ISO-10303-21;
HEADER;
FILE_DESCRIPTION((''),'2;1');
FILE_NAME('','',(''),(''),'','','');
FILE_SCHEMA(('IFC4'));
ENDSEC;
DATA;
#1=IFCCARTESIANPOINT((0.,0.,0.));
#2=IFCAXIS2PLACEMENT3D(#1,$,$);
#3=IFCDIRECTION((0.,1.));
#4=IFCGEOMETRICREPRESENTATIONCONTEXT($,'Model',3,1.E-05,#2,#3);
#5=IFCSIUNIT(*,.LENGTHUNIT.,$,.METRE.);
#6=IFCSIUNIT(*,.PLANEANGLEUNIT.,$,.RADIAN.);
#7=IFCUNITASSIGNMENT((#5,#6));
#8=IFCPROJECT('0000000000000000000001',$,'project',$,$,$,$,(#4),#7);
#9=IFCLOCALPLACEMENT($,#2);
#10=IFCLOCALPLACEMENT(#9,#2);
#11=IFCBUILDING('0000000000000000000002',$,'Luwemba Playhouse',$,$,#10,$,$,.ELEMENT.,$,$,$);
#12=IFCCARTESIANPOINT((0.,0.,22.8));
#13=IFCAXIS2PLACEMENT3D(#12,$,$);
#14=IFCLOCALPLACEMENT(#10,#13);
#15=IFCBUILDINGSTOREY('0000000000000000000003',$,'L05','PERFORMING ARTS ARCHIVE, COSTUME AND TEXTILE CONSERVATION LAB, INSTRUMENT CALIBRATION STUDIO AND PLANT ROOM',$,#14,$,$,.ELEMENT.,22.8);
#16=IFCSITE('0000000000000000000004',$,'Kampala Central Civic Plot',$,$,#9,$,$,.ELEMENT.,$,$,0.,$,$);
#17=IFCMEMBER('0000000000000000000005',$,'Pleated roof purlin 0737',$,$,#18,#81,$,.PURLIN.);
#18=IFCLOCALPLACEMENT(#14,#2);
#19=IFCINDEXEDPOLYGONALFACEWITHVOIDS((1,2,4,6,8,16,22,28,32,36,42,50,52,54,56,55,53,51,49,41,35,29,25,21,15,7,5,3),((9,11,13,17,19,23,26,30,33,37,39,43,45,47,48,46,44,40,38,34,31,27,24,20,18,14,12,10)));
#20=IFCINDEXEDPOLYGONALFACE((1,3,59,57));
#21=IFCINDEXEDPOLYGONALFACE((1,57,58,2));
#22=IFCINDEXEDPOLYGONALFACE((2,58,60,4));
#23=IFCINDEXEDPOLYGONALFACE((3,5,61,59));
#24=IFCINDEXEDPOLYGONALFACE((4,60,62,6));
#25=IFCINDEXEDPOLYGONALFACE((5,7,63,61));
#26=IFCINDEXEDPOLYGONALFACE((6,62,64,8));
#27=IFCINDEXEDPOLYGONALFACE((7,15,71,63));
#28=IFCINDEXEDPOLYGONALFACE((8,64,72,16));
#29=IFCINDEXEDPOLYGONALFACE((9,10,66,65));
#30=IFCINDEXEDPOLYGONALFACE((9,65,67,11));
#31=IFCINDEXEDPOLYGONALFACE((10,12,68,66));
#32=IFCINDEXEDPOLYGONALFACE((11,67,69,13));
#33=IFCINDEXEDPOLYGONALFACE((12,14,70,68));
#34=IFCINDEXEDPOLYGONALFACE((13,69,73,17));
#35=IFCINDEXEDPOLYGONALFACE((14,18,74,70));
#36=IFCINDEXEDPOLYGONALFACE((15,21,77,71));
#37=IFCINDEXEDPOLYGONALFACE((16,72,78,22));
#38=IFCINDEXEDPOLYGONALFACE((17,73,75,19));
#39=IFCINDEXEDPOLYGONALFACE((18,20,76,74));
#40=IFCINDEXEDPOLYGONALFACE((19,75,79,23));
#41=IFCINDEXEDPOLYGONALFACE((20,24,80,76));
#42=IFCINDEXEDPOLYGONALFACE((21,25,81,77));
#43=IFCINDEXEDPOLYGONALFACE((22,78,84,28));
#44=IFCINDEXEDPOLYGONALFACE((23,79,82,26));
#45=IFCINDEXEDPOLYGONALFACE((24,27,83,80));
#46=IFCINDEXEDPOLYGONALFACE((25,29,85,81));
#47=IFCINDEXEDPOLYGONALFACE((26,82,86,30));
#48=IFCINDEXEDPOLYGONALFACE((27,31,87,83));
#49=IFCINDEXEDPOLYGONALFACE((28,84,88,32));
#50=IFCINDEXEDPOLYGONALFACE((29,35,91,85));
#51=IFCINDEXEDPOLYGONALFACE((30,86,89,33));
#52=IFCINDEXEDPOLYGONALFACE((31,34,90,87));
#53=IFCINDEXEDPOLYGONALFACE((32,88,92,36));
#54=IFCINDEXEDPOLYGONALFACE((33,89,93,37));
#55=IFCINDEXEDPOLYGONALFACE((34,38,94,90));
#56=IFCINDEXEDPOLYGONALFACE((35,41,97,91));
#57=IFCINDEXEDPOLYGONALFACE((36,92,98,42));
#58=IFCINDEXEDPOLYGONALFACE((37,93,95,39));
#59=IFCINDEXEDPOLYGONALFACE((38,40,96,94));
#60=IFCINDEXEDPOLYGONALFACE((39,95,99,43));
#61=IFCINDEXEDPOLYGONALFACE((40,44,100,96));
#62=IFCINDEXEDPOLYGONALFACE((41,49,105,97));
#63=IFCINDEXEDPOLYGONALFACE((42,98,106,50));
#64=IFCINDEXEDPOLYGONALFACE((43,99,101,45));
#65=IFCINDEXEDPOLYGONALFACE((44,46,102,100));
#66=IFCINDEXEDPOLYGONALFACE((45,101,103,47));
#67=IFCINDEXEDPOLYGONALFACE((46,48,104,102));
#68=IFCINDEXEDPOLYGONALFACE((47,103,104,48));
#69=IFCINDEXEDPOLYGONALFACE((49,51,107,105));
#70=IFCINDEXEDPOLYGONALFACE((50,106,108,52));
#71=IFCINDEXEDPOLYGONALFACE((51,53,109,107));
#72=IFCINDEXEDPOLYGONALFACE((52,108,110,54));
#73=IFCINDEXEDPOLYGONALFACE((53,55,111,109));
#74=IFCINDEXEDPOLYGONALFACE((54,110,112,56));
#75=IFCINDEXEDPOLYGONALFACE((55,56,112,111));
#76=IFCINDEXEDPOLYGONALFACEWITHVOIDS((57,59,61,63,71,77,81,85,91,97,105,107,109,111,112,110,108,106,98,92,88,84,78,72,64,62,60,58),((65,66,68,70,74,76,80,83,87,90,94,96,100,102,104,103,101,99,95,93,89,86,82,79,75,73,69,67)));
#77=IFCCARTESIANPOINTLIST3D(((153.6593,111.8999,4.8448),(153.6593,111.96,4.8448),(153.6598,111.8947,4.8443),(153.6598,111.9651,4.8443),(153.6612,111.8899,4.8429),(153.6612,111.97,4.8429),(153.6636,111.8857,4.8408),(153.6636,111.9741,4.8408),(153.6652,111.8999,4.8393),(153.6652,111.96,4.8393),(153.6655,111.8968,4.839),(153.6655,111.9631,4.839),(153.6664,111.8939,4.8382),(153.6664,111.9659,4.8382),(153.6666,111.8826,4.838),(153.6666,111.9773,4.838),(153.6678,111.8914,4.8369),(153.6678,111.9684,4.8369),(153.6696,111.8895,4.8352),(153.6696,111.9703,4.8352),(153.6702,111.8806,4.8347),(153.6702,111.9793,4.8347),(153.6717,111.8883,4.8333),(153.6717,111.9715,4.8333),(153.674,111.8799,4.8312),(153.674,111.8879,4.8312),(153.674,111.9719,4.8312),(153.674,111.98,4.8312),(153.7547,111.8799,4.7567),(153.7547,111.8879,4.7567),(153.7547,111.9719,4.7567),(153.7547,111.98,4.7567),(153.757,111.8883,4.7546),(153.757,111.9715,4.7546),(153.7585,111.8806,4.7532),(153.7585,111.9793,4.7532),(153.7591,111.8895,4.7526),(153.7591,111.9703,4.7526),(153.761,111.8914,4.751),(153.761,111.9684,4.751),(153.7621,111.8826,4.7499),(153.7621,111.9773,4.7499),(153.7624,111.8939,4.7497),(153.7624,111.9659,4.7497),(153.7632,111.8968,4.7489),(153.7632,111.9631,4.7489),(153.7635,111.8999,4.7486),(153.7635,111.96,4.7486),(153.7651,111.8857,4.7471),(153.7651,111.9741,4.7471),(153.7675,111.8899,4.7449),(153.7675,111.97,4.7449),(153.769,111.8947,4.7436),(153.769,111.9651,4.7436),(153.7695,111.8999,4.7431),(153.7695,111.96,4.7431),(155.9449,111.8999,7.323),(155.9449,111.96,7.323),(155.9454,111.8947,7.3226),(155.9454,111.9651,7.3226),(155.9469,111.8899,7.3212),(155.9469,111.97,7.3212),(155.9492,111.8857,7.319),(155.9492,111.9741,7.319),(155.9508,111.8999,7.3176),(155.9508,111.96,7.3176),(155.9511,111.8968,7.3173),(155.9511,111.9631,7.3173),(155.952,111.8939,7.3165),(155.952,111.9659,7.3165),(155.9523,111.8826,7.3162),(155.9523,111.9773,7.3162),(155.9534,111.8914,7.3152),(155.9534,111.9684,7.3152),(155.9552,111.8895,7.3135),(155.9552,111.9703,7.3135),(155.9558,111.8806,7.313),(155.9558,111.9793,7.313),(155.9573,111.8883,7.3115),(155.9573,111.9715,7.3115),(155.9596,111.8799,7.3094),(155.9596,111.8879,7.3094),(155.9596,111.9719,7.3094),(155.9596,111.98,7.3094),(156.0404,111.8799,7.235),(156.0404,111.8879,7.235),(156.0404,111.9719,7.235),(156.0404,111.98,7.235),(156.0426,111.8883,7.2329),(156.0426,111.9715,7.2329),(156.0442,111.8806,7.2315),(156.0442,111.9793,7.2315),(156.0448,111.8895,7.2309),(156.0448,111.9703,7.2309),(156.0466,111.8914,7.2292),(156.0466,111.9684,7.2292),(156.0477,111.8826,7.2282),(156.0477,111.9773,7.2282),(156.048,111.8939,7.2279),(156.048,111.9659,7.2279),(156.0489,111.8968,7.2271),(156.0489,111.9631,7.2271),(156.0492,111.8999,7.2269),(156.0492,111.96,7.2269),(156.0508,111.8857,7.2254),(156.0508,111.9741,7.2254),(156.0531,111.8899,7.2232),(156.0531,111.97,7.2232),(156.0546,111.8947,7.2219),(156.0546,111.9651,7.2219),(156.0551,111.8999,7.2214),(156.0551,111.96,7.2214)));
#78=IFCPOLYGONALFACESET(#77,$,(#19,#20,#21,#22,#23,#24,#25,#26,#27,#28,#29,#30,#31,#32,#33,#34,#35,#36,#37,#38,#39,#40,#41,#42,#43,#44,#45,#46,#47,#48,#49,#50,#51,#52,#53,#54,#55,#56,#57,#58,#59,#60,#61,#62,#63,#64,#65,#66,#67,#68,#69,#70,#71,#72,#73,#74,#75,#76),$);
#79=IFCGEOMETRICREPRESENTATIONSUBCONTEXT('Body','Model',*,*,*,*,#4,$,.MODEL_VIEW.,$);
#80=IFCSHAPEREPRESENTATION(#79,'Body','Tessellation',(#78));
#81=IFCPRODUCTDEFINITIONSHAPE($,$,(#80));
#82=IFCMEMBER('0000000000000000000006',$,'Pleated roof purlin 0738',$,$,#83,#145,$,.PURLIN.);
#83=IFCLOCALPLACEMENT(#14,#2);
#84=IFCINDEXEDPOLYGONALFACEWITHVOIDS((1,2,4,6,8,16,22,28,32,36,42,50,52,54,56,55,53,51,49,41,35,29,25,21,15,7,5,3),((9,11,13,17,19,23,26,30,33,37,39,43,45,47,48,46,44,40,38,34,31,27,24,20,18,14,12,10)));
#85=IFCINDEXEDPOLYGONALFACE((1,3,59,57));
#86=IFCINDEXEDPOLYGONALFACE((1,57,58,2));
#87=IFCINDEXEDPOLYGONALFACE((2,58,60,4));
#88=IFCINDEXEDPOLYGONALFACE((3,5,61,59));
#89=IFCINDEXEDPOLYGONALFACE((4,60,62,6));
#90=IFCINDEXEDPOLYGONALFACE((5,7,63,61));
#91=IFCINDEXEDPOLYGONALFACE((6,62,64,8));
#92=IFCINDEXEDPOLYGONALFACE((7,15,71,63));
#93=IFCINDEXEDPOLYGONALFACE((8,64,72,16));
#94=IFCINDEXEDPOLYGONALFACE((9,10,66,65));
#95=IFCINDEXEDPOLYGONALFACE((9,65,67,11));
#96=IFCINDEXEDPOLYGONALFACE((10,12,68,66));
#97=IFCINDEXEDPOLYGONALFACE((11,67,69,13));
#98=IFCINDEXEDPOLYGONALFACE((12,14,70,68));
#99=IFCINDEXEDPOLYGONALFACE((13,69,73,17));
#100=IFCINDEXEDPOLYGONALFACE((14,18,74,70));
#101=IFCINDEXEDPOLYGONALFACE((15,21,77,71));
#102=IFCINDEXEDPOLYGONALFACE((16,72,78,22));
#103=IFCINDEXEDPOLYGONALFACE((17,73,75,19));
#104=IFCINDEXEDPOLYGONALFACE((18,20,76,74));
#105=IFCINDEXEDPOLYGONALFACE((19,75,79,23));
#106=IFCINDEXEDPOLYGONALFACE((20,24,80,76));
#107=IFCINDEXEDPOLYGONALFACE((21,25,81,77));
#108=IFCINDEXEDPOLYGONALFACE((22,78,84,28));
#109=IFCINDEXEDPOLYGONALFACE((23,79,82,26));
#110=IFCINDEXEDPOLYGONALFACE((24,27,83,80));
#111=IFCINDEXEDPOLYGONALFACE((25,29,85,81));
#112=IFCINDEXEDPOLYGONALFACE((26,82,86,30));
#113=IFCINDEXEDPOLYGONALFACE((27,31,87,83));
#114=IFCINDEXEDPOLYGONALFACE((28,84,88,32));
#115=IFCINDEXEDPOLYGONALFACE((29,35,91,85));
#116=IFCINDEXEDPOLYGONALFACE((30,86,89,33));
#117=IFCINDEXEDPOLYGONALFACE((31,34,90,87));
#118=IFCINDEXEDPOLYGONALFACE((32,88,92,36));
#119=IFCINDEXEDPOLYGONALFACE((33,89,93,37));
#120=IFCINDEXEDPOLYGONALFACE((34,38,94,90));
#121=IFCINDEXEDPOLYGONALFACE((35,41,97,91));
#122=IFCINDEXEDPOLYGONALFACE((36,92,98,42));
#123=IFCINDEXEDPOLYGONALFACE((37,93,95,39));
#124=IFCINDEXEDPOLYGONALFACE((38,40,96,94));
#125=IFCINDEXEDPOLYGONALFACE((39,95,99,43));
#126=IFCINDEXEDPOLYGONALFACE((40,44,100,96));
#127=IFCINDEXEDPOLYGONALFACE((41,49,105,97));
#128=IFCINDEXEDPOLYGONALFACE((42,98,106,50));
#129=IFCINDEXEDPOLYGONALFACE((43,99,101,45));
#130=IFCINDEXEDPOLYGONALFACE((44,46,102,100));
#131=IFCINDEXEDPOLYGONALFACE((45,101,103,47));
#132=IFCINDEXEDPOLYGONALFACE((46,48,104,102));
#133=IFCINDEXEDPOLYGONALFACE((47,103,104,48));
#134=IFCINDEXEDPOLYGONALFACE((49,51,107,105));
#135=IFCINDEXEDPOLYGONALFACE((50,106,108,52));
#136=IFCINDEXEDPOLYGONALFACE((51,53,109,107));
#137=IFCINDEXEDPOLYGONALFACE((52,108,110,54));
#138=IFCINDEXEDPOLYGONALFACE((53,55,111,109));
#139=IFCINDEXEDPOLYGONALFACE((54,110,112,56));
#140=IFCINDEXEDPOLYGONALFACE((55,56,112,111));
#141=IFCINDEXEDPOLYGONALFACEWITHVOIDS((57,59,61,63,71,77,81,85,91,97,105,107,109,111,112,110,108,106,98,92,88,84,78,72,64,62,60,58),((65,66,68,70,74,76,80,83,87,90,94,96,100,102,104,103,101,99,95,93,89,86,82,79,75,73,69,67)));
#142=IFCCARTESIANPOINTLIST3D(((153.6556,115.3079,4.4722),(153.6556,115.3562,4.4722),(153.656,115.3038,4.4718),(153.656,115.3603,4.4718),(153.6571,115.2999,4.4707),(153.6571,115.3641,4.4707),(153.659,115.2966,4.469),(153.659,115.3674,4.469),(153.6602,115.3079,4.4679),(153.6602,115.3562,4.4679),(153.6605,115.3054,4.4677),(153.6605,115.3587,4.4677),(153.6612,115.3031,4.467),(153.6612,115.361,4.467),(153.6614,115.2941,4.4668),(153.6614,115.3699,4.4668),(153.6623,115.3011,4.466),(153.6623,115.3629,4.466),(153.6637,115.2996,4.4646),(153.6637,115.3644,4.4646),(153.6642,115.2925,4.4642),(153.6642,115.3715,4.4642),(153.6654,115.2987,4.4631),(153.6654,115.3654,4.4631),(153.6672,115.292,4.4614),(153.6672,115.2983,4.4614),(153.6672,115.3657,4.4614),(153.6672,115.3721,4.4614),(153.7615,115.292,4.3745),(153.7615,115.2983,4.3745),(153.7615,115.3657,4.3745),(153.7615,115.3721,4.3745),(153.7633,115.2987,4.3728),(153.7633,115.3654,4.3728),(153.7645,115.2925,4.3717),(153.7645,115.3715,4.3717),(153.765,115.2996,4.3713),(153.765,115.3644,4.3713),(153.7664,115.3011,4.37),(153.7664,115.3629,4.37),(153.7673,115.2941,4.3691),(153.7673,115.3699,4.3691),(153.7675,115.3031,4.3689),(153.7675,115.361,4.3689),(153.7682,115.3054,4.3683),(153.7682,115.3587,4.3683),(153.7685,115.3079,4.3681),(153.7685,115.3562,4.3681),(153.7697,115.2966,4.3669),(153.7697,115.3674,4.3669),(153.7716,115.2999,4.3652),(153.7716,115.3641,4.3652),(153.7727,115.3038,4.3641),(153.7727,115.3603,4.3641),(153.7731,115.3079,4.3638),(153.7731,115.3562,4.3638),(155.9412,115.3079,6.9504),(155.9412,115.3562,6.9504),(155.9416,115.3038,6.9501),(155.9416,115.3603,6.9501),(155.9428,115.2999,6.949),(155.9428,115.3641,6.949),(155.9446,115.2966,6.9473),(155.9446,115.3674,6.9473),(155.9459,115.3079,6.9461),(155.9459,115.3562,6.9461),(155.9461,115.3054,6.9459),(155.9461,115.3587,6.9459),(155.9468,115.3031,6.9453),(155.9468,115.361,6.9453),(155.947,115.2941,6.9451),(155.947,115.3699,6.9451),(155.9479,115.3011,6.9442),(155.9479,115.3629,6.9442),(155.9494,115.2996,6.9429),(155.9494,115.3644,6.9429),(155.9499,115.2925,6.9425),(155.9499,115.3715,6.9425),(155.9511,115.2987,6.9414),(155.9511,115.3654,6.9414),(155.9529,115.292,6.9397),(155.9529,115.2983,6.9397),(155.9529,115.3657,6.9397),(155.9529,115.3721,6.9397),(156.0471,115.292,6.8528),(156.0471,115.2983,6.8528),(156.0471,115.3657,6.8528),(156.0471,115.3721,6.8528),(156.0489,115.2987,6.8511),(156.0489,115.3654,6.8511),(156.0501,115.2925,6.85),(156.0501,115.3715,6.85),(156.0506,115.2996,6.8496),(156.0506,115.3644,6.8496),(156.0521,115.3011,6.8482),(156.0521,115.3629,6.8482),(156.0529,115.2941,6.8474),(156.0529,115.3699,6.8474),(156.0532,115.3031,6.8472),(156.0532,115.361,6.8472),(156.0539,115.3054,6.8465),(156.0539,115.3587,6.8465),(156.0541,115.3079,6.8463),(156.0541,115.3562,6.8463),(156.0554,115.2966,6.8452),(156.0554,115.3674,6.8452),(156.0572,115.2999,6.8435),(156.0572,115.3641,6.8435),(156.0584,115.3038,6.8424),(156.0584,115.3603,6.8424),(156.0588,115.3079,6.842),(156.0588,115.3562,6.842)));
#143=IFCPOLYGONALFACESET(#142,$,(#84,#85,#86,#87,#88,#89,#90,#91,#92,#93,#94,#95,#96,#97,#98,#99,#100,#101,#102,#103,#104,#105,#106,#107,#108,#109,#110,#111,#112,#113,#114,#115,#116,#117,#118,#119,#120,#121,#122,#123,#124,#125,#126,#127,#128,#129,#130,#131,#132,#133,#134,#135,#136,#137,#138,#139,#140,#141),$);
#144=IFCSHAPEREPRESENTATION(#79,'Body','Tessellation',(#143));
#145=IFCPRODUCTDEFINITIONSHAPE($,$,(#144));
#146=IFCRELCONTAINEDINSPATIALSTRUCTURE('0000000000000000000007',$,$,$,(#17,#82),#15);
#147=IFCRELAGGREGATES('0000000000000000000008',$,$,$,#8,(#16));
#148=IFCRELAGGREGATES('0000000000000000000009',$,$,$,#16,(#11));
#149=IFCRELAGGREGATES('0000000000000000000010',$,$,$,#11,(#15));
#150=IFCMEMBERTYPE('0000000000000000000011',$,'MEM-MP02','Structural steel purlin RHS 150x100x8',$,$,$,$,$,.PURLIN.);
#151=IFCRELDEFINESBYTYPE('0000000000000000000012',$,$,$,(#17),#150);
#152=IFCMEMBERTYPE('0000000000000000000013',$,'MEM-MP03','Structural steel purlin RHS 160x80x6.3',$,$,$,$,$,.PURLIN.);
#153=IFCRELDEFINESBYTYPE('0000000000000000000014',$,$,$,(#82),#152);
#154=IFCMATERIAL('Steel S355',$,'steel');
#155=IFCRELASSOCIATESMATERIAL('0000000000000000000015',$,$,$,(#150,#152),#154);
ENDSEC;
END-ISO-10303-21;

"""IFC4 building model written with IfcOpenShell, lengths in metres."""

from ifc_helpers import new_model, si_unit, direction, frame, origin, origin_2d, place, context, subcontext, project, spatial, hollow_rectangle, extrude, material, material_profile, profile_set, type_object, element, save


model = new_model("IFC4")

# Units and contexts
model_context = context("Model", 3, precision=1e-05, world=origin(), true_north=direction((0.0, 1.0)))
body_context = subcontext(model_context, "Body", "Model", "MODEL_VIEW")
ifc_project = project(units=[si_unit("LENGTHUNIT", "METRE"), si_unit("PLANEANGLEUNIT", "RADIAN")], contexts=[model_context])

# Site, building, storey
site_placement = place(None, origin())
site = spatial("IfcSite", under=ifc_project, at=site_placement, Name="Kampala Central Civic Plot", CompositionType="ELEMENT", RefElevation=0.0)
building_placement = place(site_placement, origin())
building = spatial("IfcBuilding", under=site, at=building_placement, Name="Luwemba Playhouse", CompositionType="ELEMENT")
storey_placement = place(building_placement, frame((0.0, 0.0, 22.8)))
storey = spatial("IfcBuildingStorey", under=building, at=storey_placement, Name="L05", Description="PERFORMING ARTS ARCHIVE, COSTUME AND TEXTILE CONSERVATION LAB, INSTRUMENT CALIBRATION STUDIO AND PLANT ROOM", CompositionType="ELEMENT", Elevation=22.8)

# Shared definitions
ifc_material_1 = material(Name="Steel S355", Category="steel")

# Members
ifc_material_profile_1 = material_profile(ifc_material_1, hollow_rectangle(XDim=0.1001, YDim=0.1499, WallThickness=0.0081, InnerFilletRadius=0.012, OuterFilletRadius=0.02, at=origin_2d()))
ifc_profile_set_1 = profile_set([ifc_material_profile_1], Name="Steel S355")
member_type_1 = type_object("IfcMemberType", Name="MEM-MP02", Description="Structural steel purlin RHS 150x100x8", PredefinedType="PURLIN", material=ifc_profile_set_1)
member_1_placement = place(storey_placement, frame((153.7144, 111.9299, 4.7939), z_axis=(0.677961, 0.0, 0.735098), x_axis=(0.0, 1.0, 0.0)))
element("IfcMember", 1, at=member_1_placement, inside=storey, type_object=member_type_1, Name="Pleated roof purlin 0737", PredefinedType="PURLIN", context=body_context, shape_type="SweptSolid", body=[
    extrude(hollow_rectangle(XDim=0.1001, YDim=0.1499, WallThickness=0.0081, InnerFilletRadius=0.012, OuterFilletRadius=0.02, at=origin_2d()), origin(), (0.0, 0.0, 1.0), 3.3713),
])
ifc_material_profile_2 = material_profile(ifc_material_1, hollow_rectangle(XDim=0.0801, YDim=0.1599, WallThickness=0.0063, InnerFilletRadius=0.0095, OuterFilletRadius=0.0159, at=origin_2d()))
ifc_profile_set_2 = profile_set([ifc_material_profile_2], Name="Steel S355")
member_type_2 = type_object("IfcMemberType", Name="MEM-MP03", Description="Structural steel purlin RHS 160x80x6.3", PredefinedType="PURLIN", material=ifc_profile_set_2)
member_2_placement = place(storey_placement, frame((153.7144, 115.332, 4.418), z_axis=(0.677961, 0.0, 0.735098), x_axis=(0.0, 1.0, 0.0)))
element("IfcMember", 2, at=member_2_placement, inside=storey, type_object=member_type_2, Name="Pleated roof purlin 0738", PredefinedType="PURLIN", context=body_context, shape_type="SweptSolid", body=[
    extrude(hollow_rectangle(XDim=0.0801, YDim=0.1599, WallThickness=0.0063, InnerFilletRadius=0.0095, OuterFilletRadius=0.0159, at=origin_2d()), origin(), (0.0, 0.0, 1.0), 3.3713),
])

save(model, "model.ifc")
